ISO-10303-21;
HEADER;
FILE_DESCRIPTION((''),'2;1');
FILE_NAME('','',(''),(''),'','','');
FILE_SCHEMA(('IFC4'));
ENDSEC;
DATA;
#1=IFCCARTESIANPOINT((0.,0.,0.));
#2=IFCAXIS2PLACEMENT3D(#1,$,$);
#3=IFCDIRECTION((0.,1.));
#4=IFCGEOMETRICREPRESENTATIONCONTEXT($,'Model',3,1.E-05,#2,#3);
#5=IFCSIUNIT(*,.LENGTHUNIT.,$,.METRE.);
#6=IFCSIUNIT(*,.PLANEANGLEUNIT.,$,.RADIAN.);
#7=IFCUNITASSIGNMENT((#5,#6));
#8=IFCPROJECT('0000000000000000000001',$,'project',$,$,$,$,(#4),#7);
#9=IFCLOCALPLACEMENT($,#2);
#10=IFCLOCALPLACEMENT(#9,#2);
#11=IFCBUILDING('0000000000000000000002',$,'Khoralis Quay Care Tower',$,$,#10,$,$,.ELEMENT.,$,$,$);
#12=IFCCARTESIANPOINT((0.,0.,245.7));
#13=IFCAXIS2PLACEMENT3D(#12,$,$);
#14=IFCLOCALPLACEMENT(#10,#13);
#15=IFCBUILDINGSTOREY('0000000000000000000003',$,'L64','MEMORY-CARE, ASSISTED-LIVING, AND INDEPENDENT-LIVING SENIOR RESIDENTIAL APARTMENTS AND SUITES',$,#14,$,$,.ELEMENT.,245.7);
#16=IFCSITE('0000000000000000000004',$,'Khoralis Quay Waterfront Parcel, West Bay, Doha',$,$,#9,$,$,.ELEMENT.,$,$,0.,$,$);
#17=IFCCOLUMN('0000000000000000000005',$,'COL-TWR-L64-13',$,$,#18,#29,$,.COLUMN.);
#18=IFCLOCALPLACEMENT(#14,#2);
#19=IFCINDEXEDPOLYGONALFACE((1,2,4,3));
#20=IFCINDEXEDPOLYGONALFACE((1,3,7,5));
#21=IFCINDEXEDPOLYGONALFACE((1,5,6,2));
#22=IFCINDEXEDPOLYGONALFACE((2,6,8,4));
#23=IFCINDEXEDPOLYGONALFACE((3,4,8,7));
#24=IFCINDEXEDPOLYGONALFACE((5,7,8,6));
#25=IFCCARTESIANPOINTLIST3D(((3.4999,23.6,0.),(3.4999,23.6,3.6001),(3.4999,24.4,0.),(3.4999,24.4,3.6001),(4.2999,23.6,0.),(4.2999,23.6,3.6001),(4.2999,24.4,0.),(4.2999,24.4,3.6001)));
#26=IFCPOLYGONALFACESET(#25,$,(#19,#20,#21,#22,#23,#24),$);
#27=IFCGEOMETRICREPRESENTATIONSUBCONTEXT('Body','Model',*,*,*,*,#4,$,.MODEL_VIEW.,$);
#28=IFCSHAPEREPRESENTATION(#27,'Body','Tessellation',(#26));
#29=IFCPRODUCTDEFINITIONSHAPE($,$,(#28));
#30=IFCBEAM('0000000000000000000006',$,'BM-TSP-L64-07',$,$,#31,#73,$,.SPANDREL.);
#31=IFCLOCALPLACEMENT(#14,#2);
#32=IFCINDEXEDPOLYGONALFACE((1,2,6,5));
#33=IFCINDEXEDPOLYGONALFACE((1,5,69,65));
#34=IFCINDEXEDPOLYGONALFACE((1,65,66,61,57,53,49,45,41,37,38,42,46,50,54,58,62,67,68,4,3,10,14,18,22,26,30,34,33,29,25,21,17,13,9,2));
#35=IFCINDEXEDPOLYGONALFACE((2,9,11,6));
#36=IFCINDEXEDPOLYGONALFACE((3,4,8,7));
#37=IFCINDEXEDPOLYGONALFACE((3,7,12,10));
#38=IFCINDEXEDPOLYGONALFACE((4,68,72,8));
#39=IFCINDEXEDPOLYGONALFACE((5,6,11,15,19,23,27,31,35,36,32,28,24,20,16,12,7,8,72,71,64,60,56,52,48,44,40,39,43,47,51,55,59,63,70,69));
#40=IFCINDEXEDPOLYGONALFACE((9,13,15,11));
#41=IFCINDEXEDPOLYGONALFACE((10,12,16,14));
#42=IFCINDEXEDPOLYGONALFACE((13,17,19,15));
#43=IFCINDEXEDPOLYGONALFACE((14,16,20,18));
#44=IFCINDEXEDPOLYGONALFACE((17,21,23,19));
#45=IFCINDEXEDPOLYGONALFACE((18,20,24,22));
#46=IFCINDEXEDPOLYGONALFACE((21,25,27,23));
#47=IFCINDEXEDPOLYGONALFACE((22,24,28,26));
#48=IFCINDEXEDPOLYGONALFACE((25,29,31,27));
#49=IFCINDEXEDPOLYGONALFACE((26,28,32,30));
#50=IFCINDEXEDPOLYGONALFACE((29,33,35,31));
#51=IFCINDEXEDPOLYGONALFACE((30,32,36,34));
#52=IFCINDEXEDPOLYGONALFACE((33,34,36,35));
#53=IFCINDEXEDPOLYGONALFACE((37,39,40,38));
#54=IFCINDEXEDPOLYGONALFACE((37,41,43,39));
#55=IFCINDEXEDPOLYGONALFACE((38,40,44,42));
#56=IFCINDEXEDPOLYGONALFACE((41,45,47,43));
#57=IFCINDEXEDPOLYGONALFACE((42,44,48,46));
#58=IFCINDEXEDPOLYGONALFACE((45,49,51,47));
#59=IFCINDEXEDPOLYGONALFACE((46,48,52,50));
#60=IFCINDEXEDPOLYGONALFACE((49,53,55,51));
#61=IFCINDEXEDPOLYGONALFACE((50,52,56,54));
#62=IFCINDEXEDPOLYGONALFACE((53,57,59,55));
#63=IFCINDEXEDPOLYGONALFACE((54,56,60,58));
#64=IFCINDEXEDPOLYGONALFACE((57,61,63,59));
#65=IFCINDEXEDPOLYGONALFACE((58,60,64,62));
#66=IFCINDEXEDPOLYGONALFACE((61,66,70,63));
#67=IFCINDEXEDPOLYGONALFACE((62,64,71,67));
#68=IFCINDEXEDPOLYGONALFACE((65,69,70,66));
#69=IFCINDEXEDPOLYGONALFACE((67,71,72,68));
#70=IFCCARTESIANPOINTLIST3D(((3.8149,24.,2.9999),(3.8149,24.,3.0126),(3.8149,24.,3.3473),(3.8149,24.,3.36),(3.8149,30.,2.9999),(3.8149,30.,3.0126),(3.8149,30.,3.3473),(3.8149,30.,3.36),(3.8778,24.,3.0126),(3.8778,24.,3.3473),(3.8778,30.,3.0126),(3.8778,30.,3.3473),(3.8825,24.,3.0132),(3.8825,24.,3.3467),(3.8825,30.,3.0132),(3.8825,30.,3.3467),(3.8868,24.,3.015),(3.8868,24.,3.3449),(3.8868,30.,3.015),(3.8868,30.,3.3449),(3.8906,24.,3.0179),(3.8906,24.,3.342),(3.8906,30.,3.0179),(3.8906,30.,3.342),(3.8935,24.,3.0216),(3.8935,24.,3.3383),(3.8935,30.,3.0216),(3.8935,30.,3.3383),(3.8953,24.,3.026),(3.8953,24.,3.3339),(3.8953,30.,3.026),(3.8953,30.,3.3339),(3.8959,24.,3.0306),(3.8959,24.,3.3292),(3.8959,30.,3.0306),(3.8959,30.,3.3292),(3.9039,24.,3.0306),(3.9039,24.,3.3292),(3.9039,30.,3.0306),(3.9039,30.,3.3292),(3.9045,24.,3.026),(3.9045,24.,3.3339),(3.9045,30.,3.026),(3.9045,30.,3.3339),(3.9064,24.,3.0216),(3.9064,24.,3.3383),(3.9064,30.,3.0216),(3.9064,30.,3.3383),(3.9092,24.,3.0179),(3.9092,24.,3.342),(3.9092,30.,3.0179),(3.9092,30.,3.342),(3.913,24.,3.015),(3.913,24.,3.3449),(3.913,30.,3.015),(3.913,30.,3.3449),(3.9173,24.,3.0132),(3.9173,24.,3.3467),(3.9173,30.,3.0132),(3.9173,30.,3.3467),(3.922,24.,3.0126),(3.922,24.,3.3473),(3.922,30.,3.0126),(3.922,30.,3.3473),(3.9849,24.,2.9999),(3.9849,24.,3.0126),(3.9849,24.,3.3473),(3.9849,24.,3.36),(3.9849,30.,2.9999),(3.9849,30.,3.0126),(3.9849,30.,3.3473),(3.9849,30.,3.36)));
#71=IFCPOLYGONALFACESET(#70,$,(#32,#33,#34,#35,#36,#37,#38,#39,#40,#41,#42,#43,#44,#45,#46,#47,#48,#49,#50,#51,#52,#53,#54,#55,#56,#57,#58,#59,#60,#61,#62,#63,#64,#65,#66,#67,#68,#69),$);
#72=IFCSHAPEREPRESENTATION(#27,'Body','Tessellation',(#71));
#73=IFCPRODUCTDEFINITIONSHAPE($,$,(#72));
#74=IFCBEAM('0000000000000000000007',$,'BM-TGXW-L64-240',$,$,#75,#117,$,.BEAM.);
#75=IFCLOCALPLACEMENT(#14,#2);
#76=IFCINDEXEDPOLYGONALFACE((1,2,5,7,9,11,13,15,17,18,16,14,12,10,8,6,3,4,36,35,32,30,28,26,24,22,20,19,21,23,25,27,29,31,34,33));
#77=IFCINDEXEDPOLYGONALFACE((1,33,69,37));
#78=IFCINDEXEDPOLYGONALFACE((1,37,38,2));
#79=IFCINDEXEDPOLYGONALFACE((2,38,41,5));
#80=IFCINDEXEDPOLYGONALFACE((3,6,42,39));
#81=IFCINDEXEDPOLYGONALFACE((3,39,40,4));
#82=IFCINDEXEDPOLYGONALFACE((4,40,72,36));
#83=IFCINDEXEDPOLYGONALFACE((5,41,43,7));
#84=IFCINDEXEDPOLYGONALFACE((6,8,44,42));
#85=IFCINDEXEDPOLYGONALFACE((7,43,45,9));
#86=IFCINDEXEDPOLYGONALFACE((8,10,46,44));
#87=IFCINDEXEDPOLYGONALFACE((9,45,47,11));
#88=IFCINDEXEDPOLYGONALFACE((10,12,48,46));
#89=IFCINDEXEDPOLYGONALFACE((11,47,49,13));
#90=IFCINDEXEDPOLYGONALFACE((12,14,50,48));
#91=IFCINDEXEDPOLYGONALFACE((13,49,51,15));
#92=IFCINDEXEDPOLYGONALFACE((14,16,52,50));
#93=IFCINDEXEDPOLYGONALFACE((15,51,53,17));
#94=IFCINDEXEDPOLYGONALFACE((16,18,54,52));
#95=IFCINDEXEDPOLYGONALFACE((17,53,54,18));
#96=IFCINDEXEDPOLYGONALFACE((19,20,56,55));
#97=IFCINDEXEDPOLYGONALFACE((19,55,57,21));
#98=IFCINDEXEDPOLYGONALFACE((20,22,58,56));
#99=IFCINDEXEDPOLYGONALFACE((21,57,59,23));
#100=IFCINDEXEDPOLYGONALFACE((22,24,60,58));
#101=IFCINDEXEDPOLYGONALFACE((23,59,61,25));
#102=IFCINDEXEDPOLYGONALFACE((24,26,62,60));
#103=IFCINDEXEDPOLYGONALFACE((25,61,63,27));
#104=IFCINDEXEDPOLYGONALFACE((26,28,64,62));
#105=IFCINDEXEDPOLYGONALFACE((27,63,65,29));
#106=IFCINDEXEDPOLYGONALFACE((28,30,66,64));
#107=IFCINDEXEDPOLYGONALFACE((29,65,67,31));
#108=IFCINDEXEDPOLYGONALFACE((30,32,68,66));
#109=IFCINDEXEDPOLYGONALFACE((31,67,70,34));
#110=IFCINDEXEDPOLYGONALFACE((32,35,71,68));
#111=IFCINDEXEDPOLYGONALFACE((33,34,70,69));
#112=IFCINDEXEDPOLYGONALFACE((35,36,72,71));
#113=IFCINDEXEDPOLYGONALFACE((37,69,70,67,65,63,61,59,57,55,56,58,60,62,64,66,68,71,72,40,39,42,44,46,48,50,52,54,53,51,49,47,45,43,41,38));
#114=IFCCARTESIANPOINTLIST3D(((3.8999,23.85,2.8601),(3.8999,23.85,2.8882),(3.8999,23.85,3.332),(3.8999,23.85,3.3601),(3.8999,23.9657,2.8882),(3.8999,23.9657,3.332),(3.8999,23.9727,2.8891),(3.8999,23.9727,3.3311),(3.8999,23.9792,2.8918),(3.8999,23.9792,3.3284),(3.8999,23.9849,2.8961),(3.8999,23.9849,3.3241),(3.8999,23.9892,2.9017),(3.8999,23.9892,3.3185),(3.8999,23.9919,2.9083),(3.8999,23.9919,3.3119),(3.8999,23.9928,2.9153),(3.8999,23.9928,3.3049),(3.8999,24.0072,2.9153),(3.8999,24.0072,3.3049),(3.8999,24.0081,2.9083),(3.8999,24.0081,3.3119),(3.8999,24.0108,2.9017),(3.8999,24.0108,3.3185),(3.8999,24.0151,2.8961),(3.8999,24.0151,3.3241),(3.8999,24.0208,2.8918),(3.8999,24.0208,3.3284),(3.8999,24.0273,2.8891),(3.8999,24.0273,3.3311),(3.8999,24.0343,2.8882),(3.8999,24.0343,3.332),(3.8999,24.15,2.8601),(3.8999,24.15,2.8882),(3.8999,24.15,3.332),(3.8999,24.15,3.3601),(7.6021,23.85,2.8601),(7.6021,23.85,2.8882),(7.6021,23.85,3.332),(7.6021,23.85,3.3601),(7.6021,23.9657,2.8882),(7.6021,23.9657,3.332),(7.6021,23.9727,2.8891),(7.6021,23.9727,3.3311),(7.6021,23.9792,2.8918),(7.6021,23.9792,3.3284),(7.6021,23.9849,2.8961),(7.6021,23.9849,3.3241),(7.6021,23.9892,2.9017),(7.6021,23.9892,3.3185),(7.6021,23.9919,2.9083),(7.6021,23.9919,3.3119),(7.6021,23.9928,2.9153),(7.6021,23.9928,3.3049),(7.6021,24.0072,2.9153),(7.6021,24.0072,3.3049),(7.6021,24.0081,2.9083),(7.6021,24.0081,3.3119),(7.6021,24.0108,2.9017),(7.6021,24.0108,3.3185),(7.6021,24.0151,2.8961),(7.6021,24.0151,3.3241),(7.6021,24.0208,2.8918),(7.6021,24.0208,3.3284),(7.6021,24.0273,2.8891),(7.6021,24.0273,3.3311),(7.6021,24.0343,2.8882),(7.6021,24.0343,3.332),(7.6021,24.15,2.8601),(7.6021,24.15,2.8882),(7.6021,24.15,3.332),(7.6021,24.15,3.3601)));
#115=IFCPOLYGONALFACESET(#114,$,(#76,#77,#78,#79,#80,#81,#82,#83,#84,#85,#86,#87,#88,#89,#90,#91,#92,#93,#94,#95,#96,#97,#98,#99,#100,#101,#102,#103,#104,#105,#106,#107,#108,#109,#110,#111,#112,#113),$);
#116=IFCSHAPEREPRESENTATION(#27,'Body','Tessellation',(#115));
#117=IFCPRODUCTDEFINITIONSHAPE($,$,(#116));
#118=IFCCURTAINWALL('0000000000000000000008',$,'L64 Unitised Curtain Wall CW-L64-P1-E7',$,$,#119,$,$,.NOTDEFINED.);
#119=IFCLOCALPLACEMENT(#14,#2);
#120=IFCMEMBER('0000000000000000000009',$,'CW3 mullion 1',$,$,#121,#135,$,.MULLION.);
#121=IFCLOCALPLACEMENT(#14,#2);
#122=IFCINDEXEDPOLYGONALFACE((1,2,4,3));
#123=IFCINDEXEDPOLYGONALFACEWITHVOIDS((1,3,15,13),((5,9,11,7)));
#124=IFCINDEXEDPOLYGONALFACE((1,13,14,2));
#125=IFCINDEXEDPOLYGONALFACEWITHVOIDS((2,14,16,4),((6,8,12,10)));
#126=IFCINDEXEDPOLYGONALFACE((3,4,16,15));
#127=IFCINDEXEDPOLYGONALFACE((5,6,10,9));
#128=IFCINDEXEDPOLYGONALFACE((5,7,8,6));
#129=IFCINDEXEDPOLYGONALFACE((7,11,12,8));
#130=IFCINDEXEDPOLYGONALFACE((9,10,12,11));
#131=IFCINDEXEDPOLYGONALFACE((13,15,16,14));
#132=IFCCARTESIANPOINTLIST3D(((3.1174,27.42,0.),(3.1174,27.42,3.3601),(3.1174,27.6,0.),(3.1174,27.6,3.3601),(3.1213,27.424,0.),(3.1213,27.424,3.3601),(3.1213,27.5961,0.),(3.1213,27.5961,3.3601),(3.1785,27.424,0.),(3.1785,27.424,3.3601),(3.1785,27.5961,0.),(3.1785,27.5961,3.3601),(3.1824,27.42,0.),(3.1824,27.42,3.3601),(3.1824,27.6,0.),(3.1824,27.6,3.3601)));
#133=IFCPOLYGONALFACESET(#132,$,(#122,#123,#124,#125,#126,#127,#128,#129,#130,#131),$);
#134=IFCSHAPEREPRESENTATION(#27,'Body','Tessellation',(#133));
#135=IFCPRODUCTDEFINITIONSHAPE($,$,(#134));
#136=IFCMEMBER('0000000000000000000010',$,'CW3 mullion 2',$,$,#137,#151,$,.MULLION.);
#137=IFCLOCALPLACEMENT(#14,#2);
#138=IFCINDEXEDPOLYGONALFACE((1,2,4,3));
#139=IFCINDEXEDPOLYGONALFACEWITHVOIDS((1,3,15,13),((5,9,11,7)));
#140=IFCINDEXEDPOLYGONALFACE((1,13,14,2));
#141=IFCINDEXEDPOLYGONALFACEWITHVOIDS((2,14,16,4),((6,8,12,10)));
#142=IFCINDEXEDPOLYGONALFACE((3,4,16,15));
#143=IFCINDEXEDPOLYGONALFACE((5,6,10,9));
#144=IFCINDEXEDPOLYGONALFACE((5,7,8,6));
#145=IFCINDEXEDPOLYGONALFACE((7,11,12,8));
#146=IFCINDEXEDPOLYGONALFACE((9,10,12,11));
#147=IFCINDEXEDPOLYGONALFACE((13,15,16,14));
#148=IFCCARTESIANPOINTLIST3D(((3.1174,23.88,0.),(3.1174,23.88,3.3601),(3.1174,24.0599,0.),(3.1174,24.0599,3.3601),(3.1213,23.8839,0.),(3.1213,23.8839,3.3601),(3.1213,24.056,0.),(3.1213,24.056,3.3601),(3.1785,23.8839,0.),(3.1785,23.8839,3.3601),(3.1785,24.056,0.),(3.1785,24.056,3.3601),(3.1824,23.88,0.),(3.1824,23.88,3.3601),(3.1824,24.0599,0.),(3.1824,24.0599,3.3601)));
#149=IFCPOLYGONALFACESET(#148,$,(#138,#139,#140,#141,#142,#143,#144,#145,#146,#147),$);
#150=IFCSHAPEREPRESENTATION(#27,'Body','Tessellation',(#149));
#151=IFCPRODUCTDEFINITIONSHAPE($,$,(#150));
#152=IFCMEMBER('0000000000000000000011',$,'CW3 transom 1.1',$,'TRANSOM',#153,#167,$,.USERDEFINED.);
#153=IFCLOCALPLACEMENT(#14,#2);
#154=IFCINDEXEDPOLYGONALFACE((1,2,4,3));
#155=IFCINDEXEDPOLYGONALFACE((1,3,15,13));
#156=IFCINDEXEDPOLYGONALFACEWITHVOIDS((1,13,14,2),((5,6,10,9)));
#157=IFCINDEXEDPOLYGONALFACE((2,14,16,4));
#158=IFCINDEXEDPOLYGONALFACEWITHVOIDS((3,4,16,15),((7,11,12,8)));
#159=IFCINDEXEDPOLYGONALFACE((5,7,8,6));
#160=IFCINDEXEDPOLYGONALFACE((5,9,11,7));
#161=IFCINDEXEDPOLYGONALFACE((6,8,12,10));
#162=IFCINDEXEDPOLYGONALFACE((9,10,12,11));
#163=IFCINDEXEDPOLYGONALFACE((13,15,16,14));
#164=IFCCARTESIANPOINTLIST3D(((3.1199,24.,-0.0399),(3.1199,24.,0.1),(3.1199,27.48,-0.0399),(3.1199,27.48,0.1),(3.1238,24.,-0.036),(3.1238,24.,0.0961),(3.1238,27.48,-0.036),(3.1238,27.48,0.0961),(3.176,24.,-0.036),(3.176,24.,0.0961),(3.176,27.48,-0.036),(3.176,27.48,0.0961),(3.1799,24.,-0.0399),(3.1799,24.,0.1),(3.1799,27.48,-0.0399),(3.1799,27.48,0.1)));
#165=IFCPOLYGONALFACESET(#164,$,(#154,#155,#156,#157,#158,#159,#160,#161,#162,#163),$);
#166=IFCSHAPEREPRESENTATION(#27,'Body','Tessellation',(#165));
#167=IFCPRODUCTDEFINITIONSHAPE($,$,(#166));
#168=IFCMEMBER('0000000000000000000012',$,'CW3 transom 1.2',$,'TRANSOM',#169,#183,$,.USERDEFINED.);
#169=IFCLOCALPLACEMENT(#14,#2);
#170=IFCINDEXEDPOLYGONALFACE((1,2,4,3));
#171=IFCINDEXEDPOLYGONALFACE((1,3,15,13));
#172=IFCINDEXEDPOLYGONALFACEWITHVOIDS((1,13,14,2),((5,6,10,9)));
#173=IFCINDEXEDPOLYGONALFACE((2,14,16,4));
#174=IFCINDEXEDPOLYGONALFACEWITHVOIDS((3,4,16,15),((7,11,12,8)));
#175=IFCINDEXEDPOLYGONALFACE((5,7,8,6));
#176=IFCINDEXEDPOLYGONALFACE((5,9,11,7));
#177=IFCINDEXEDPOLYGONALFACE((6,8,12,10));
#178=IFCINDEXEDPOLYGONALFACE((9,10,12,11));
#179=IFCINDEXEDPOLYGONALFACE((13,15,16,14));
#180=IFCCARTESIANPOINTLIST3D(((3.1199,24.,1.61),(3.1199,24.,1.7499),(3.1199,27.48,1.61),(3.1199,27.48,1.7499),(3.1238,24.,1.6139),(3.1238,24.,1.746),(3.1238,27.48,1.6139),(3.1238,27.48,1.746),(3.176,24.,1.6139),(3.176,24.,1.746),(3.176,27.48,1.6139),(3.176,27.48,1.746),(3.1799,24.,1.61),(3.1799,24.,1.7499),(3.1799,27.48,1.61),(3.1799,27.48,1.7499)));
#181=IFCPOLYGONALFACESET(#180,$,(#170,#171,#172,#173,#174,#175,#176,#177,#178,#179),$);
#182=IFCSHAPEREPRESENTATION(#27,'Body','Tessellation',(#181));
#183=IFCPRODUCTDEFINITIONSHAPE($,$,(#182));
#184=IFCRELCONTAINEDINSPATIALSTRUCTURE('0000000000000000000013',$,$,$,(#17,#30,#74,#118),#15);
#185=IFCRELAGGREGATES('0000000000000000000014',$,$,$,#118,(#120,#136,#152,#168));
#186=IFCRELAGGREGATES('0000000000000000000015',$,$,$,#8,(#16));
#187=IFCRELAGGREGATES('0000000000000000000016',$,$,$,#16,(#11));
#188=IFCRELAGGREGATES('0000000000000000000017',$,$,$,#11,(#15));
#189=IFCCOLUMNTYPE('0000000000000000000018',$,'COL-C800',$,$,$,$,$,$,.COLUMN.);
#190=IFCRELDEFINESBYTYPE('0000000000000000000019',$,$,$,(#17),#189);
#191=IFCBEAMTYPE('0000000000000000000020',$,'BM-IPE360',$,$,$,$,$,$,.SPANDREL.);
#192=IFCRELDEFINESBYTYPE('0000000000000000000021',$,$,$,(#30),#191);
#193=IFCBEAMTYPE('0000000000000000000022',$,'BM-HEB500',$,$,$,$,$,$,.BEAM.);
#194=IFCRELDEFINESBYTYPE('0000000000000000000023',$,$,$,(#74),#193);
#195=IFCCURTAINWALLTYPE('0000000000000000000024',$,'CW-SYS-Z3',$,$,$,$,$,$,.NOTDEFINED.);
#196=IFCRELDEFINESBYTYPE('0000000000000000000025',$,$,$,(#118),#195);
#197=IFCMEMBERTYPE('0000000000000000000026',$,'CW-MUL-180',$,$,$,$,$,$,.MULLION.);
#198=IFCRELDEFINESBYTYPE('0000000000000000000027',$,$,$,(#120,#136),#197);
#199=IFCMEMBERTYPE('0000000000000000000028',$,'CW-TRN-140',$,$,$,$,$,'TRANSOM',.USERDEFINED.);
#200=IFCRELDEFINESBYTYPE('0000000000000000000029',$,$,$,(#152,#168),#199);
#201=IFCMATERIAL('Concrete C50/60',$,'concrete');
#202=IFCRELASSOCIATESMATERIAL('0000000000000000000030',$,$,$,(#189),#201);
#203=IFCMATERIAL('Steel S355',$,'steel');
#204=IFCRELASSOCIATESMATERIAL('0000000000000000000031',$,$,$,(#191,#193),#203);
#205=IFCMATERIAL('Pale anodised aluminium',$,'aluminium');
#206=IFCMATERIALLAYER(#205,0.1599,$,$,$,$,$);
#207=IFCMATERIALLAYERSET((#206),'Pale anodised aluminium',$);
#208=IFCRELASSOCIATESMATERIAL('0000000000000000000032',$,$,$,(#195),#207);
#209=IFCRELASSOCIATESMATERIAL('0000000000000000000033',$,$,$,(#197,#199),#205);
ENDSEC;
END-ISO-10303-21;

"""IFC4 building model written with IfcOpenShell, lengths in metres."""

from ifc_helpers import new_model, si_unit, direction, frame, origin, origin_2d, place, context, subcontext, project, spatial, rectangle, hollow_rectangle, i_section, extrude, source, transform, mapped, material, layer, layer_set, material_profile, profile_set, type_object, element, aggregate, save


model = new_model("IFC4")

# Units and contexts
model_context = context("Model", 3, precision=1e-05, world=origin(), true_north=direction((0.0, 1.0)))
body_context = subcontext(model_context, "Body", "Model", "MODEL_VIEW")
ifc_project = project(units=[si_unit("LENGTHUNIT", "METRE"), si_unit("PLANEANGLEUNIT", "RADIAN")], contexts=[model_context])

# Site, building, storey
site_placement = place(None, origin())
site = spatial("IfcSite", under=ifc_project, at=site_placement, Name="Khoralis Quay Waterfront Parcel, West Bay, Doha", CompositionType="ELEMENT", RefElevation=0.0)
building_placement = place(site_placement, origin())
building = spatial("IfcBuilding", under=site, at=building_placement, Name="Khoralis Quay Care Tower", CompositionType="ELEMENT")
storey_placement = place(building_placement, frame((0.0, 0.0, 245.7)))
storey = spatial("IfcBuildingStorey", under=building, at=storey_placement, Name="L64", Description="MEMORY-CARE, ASSISTED-LIVING, AND INDEPENDENT-LIVING SENIOR RESIDENTIAL APARTMENTS AND SUITES", CompositionType="ELEMENT", Elevation=245.7)

# Column
ifc_material_1 = material(Name="Concrete C50/60", Category="concrete")
ifc_material_profile_1 = material_profile(ifc_material_1, rectangle(XDim=0.8, YDim=0.8, at=origin_2d()), Name="Concrete C50/60")
ifc_profile_set_1 = profile_set([ifc_material_profile_1], Name="Concrete C50/60")
column_type = type_object("IfcColumnType", Name="COL-C800", PredefinedType="COLUMN", material=ifc_profile_set_1)
shared_shape_1 = source(origin(), body_context, "Body", "SweptSolid", [
    extrude(rectangle(XDim=0.8, YDim=0.8, at=origin_2d()), origin(), (0.0, 0.0, 1.0), 3.6001),
])
column_placement = place(storey_placement, frame((3.8999, 24.0, 0.0), z_axis=(0.0, 0.0, 1.0), x_axis=(1.0, 0.0, 0.0)))
element("IfcColumn", 1, at=column_placement, inside=storey, type_object=column_type, Name="COL-TWR-L64-13", PredefinedType="COLUMN", context=body_context, shape_type="MappedRepresentation", body=[
    mapped(shared_shape_1, transform((0.0, 0.0, 0.0), scale=1.0)),
])

# Beams
ifc_material_2 = material(Name="Steel S355", Category="steel")
ifc_material_profile_2 = material_profile(ifc_material_2, i_section(OverallWidth=0.1699, OverallDepth=0.3601, WebThickness=0.0081, FlangeThickness=0.0127, FilletRadius=0.0181, at=origin_2d()), Name="Steel S355")
ifc_profile_set_2 = profile_set([ifc_material_profile_2], Name="Steel S355")
beam_type_1 = type_object("IfcBeamType", Name="BM-IPE360", PredefinedType="SPANDREL", material=ifc_profile_set_2)
shared_shape_2 = source(origin(), body_context, "Body", "SweptSolid", [
    extrude(i_section(OverallWidth=0.1699, OverallDepth=0.3601, WebThickness=0.0081, FlangeThickness=0.0127, FilletRadius=0.0181, at=origin_2d()), origin(), (0.0, 0.0, 1.0), 6.0),
])
beam_1_placement = place(storey_placement, frame((3.8999, 24.0, 3.1799), z_axis=(0.0, 1.0, 0.0), x_axis=(-1.0, 0.0, 0.0)))
element("IfcBeam", 2, at=beam_1_placement, inside=storey, type_object=beam_type_1, Name="BM-TSP-L64-07", PredefinedType="SPANDREL", context=body_context, shape_type="MappedRepresentation", body=[
    mapped(shared_shape_2, transform((0.0, 0.0, 0.0), scale=1.0)),
])
ifc_material_profile_3 = material_profile(ifc_material_2, i_section(OverallWidth=0.3, OverallDepth=0.5, WebThickness=0.0144, FlangeThickness=0.0281, FilletRadius=0.0271, at=origin_2d()), Name="Steel S355")
ifc_profile_set_3 = profile_set([ifc_material_profile_3], Name="Steel S355")
beam_type_2 = type_object("IfcBeamType", Name="BM-HEB500", PredefinedType="BEAM", material=ifc_profile_set_3)
shared_shape_3 = source(origin(), body_context, "Body", "SweptSolid", [
    extrude(i_section(OverallWidth=0.3, OverallDepth=0.5, WebThickness=0.0144, FlangeThickness=0.0281, FilletRadius=0.0271, at=origin_2d()), origin(), (0.0, 0.0, 1.0), 3.7021),
])
beam_2_placement = place(storey_placement, frame((3.8999, 24.0, 3.1101), z_axis=(1.0, 0.0, 0.0), x_axis=(0.0, 1.0, 0.0)))
element("IfcBeam", 3, at=beam_2_placement, inside=storey, type_object=beam_type_2, Name="BM-TGXW-L64-240", PredefinedType="BEAM", context=body_context, shape_type="MappedRepresentation", body=[
    mapped(shared_shape_3, transform((0.0, 0.0, 0.0), scale=1.0)),
])

# Curtain wall, members
ifc_material_3 = material(Name="Pale anodised aluminium", Category="aluminium")
ifc_layer_1 = layer(ifc_material_3, 0.1599)
ifc_layer_set_1 = layer_set([ifc_layer_1], Name="Pale anodised aluminium")
curtain_wall_type = type_object("IfcCurtainWallType", Name="CW-SYS-Z3", PredefinedType="NOTDEFINED", material=ifc_layer_set_1)
curtain_wall_placement = place(storey_placement, origin())
curtain_wall = element("IfcCurtainWall", 4, at=curtain_wall_placement, inside=storey, type_object=curtain_wall_type, Name="L64 Unitised Curtain Wall CW-L64-P1-E7", PredefinedType="NOTDEFINED")
ifc_material_profile_4 = material_profile(ifc_material_3, hollow_rectangle(XDim=0.0649, YDim=0.1799, WallThickness=0.0039, at=origin_2d()), Name="Pale anodised aluminium")
ifc_profile_set_4 = profile_set([ifc_material_profile_4], Name="Pale anodised aluminium")
member_type_1 = type_object("IfcMemberType", Name="CW-MUL-180", PredefinedType="MULLION", material=ifc_profile_set_4)
shared_shape_4 = source(origin(), body_context, "Body", "SweptSolid", [
    extrude(hollow_rectangle(XDim=0.0649, YDim=0.1799, WallThickness=0.0039, at=origin_2d()), origin(), (0.0, 0.0, 1.0), 3.3601),
])
member_1_placement = place(storey_placement, frame((3.1499, 27.51, 0.0), z_axis=(0.0, 0.0, 1.0), x_axis=(1.0, 0.0, 0.0)))
member_1 = element("IfcMember", 5, at=member_1_placement, type_object=member_type_1, Name="CW3 mullion 1", PredefinedType="MULLION", context=body_context, shape_type="MappedRepresentation", body=[
    mapped(shared_shape_4, transform((0.0, 0.0, 0.0), scale=1.0)),
])
member_2_placement = place(storey_placement, frame((3.1499, 23.97, 0.0), z_axis=(0.0, 0.0, 1.0), x_axis=(1.0, 0.0, 0.0)))
member_2 = element("IfcMember", 6, at=member_2_placement, type_object=member_type_1, Name="CW3 mullion 2", PredefinedType="MULLION", context=body_context, shape_type="MappedRepresentation", body=[
    mapped(shared_shape_4, transform((0.0, 0.0, 0.0), scale=1.0)),
])
ifc_material_profile_5 = material_profile(ifc_material_3, hollow_rectangle(XDim=0.0601, YDim=0.1399, WallThickness=0.0039, at=origin_2d()), Name="Pale anodised aluminium")
ifc_profile_set_5 = profile_set([ifc_material_profile_5], Name="Pale anodised aluminium")
member_type_2 = type_object("IfcMemberType", Name="CW-TRN-140", ElementType="TRANSOM", PredefinedType="USERDEFINED", material=ifc_profile_set_5)
shared_shape_5 = source(origin(), body_context, "Body", "SweptSolid", [
    extrude(hollow_rectangle(XDim=0.0601, YDim=0.1399, WallThickness=0.0039, at=origin_2d()), origin(), (0.0, 0.0, 1.0), 3.48),
])
member_3_placement = place(storey_placement, frame((3.1499, 27.48, 0.03), z_axis=(0.0, -1.0, 0.0), x_axis=(1.0, 0.0, 0.0)))
member_3 = element("IfcMember", 7, at=member_3_placement, type_object=member_type_2, Name="CW3 transom 1.1", ObjectType="TRANSOM", PredefinedType="USERDEFINED", context=body_context, shape_type="MappedRepresentation", body=[
    mapped(shared_shape_5, transform((0.0, 0.0, 0.0), scale=1.0)),
])
member_4_placement = place(storey_placement, frame((3.1499, 27.48, 1.6799), z_axis=(0.0, -1.0, 0.0), x_axis=(1.0, 0.0, 0.0)))
member_4 = element("IfcMember", 8, at=member_4_placement, type_object=member_type_2, Name="CW3 transom 1.2", ObjectType="TRANSOM", PredefinedType="USERDEFINED", context=body_context, shape_type="MappedRepresentation", body=[
    mapped(shared_shape_5, transform((0.0, 0.0, 0.0), scale=1.0)),
])
aggregate(curtain_wall, [member_1, member_2, member_3, member_4])

save(model, "model.ifc")
